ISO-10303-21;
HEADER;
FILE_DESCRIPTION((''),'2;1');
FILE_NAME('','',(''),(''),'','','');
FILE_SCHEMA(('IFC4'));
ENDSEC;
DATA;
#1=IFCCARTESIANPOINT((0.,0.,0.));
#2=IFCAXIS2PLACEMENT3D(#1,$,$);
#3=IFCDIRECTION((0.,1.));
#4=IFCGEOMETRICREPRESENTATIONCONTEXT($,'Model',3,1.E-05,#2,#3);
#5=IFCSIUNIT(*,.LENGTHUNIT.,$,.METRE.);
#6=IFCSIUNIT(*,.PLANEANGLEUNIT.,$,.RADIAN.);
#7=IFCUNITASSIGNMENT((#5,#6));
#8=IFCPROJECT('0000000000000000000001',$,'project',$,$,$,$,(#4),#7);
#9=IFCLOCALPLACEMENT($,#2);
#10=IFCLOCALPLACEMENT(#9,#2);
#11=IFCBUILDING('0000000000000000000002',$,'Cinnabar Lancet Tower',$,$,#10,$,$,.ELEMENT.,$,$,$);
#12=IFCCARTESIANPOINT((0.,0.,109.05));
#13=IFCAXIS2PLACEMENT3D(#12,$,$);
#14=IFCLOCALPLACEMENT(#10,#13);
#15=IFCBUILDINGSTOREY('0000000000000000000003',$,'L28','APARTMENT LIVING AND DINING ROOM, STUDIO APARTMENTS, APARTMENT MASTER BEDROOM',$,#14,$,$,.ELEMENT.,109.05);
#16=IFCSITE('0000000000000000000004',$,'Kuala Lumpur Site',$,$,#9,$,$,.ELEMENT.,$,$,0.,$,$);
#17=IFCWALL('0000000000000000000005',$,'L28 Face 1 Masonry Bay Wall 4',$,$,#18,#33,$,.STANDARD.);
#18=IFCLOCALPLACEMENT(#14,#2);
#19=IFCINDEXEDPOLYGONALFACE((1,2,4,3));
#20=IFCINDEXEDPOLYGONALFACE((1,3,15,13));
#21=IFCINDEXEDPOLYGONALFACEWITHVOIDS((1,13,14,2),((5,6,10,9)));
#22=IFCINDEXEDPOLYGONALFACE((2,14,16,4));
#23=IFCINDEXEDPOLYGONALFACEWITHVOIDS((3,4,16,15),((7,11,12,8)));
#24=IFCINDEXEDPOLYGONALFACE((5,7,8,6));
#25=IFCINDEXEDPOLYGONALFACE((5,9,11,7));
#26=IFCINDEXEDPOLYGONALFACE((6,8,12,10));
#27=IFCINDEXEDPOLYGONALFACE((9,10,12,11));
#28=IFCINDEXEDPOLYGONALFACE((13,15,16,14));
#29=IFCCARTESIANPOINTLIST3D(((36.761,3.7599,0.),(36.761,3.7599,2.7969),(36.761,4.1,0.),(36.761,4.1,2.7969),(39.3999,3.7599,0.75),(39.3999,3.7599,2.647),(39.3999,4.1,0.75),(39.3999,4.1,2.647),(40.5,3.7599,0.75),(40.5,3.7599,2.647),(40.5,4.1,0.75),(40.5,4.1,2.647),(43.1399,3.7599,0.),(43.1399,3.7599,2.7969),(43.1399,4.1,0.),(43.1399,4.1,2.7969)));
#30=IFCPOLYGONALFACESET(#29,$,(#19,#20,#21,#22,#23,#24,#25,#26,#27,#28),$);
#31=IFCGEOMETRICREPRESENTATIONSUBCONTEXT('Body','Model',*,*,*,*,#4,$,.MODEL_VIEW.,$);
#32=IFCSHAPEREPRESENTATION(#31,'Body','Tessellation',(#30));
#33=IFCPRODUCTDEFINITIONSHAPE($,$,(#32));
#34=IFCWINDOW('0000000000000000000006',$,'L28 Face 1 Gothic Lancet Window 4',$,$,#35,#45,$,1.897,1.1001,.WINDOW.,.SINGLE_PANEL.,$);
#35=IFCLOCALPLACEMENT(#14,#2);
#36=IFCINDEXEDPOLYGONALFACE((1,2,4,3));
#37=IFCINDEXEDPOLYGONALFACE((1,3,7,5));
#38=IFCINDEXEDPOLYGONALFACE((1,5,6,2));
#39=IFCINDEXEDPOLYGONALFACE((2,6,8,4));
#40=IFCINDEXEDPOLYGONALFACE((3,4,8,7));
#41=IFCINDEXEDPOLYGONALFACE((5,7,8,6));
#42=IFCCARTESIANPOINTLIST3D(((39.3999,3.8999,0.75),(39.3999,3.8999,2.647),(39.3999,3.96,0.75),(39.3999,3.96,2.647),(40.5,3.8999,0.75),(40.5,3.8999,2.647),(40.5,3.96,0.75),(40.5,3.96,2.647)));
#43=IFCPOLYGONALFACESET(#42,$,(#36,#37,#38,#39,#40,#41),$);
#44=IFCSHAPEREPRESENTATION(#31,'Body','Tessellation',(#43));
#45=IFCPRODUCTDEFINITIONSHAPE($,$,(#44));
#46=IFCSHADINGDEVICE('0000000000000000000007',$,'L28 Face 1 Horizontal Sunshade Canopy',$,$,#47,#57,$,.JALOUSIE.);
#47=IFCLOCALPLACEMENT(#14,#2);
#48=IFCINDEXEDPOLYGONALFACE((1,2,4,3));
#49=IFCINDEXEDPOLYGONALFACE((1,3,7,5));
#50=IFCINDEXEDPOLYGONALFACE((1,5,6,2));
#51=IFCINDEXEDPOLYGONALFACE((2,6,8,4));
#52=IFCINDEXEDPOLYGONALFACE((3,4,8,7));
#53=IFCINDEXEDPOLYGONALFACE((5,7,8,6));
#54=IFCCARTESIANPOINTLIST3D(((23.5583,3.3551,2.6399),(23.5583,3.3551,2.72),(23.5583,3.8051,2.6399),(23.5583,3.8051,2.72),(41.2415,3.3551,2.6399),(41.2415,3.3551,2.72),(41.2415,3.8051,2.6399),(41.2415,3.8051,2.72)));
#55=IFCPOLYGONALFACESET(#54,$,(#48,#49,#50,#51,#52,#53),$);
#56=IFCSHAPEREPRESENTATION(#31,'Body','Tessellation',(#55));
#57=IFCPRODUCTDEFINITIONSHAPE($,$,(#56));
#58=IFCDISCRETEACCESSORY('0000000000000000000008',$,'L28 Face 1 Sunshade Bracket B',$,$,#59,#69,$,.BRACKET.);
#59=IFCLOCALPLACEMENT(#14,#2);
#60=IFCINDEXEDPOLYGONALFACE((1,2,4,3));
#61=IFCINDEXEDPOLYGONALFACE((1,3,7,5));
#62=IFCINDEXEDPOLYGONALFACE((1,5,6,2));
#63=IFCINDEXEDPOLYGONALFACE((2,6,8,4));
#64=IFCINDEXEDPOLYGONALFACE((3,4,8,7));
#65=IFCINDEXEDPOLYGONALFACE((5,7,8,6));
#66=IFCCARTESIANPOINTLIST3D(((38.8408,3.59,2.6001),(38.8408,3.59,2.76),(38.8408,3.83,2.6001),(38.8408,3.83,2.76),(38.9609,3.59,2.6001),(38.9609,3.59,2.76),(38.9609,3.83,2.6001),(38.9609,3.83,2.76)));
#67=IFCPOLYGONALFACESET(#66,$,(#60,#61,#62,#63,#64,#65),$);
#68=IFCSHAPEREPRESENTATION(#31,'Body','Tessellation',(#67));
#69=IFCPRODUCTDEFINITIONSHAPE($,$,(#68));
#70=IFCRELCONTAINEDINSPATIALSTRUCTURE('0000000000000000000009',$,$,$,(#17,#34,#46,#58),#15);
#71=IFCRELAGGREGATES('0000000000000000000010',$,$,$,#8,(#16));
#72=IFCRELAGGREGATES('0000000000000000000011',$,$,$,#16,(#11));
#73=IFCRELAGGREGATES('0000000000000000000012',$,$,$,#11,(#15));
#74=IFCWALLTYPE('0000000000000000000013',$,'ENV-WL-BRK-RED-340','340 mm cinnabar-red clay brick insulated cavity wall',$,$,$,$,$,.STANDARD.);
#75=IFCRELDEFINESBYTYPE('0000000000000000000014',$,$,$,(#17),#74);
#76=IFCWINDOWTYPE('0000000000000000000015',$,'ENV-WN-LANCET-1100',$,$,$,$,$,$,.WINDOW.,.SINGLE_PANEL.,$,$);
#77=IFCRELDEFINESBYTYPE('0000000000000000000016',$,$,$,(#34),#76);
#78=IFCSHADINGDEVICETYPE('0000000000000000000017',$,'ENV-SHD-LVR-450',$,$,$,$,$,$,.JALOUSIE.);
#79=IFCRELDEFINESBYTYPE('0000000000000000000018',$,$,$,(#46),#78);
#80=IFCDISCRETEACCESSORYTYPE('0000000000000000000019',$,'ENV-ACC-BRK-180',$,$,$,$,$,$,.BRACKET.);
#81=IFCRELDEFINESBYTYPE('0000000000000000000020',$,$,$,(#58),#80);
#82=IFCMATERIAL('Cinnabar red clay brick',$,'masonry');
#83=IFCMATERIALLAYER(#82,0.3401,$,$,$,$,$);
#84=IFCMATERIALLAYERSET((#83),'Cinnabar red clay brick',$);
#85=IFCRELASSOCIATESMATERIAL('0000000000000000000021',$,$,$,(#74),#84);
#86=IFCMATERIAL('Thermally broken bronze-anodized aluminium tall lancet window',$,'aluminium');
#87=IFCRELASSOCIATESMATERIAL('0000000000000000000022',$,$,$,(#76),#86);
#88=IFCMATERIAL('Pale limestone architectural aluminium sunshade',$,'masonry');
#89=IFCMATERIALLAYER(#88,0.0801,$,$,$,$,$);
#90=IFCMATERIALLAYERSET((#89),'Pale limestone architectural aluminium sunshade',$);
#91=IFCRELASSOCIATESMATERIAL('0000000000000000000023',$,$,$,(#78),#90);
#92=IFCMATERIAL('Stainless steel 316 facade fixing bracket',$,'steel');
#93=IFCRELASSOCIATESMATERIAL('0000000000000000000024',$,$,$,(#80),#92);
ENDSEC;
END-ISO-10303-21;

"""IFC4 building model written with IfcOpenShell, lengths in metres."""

from ifc_helpers import new_model, si_unit, direction, frame, frame_2d, origin, origin_2d, place, context, subcontext, project, spatial, rectangle, extrude, material, layer, layer_set, type_object, element, fill, save


model = new_model("IFC4")

# Units and contexts
model_context = context("Model", 3, precision=1e-05, world=origin(), true_north=direction((0.0, 1.0)))
body_context = subcontext(model_context, "Body", "Model", "MODEL_VIEW")
ifc_project = project(units=[si_unit("LENGTHUNIT", "METRE"), si_unit("PLANEANGLEUNIT", "RADIAN")], contexts=[model_context])

# Site, building, storey
site_placement = place(None, origin())
site = spatial("IfcSite", under=ifc_project, at=site_placement, Name="Kuala Lumpur Site", CompositionType="ELEMENT", RefElevation=0.0)
building_placement = place(site_placement, origin())
building = spatial("IfcBuilding", under=site, at=building_placement, Name="Cinnabar Lancet Tower", CompositionType="ELEMENT")
storey_placement = place(building_placement, frame((0.0, 0.0, 109.05)))
storey = spatial("IfcBuildingStorey", under=building, at=storey_placement, Name="L28", Description="APARTMENT LIVING AND DINING ROOM, STUDIO APARTMENTS, APARTMENT MASTER BEDROOM", CompositionType="ELEMENT", Elevation=109.05)

# Wall, opening, window
ifc_material_1 = material(Name="Cinnabar red clay brick", Category="masonry")
ifc_layer_1 = layer(ifc_material_1, 0.3401)
ifc_layer_set_1 = layer_set([ifc_layer_1], Name="Cinnabar red clay brick")
wall_type_1 = type_object("IfcWallType", Name="ENV-WL-BRK-RED-340", Description="340 mm cinnabar-red clay brick insulated cavity wall", PredefinedType="STANDARD", material=ifc_layer_set_1)
wall_1_placement = place(storey_placement, frame((36.761, 3.9299, 0.0), z_axis=(0.0, 0.0, 1.0), x_axis=(1.0, 0.0, 0.0)))
wall_1 = element("IfcWall", 1, at=wall_1_placement, inside=storey, type_object=wall_type_1, Name="L28 Face 1 Masonry Bay Wall 4", PredefinedType="STANDARD", context=body_context, shape_type="SweptSolid", body=[
    extrude(rectangle(XDim=6.3789, YDim=0.3401, at=frame_2d((3.1895, 0.0))), origin(), (0.0, 0.0, 1.0), 2.7969),
])
opening_1_placement = place(wall_1_placement, frame((2.6389, 0.0, 0.75)))
opening_1 = element("IfcOpeningElement", 2, at=opening_1_placement, cuts=wall_1, PredefinedType="OPENING", context=body_context, shape_type="SweptSolid", body=[
    extrude(rectangle(XDim=1.1001, YDim=1.897, at=frame_2d((0.55, 0.9485))), frame((0.0, 0.1799, 0.0), z_axis=(0.0, -1.0, 0.0), x_axis=(1.0, 0.0, 0.0)), (0.0, 0.0, 1.0), 0.3601),
])
ifc_material_2 = material(Name="Thermally broken bronze-anodized aluminium tall lancet window", Category="aluminium")
window_type = type_object("IfcWindowType", Name="ENV-WN-LANCET-1100", PartitioningType="SINGLE_PANEL", PredefinedType="WINDOW", material=ifc_material_2)
window_placement = place(opening_1_placement, origin())
window = element("IfcWindow", 3, at=window_placement, inside=storey, type_object=window_type, Name="L28 Face 1 Gothic Lancet Window 4", OverallHeight=1.897, OverallWidth=1.1001, PartitioningType="SINGLE_PANEL", PredefinedType="WINDOW", context=body_context, shape_type="SweptSolid", body=[
    extrude(rectangle(XDim=1.1001, YDim=1.897, at=frame_2d((0.55, 0.9485))), frame((0.0, 0.03, 0.0), z_axis=(0.0, -1.0, 0.0), x_axis=(1.0, 0.0, 0.0)), (0.0, 0.0, 1.0), 0.0601),
])
fill(opening_1, window)

# Shading device
ifc_material_3 = material(Name="Pale limestone architectural aluminium sunshade", Category="masonry")
ifc_layer_2 = layer(ifc_material_3, 0.0801)
ifc_layer_set_2 = layer_set([ifc_layer_2], Name="Pale limestone architectural aluminium sunshade")
shading_device_type = type_object("IfcShadingDeviceType", Name="ENV-SHD-LVR-450", PredefinedType="JALOUSIE", material=ifc_layer_set_2)
shading_device_placement = place(storey_placement, frame((32.3999, 3.5801, 2.6399), z_axis=(0.0, 0.0, 1.0), x_axis=(1.0, 0.0, 0.0)))
element("IfcShadingDevice", 4, at=shading_device_placement, inside=storey, type_object=shading_device_type, Name="L28 Face 1 Horizontal Sunshade Canopy", PredefinedType="JALOUSIE", context=body_context, shape_type="SweptSolid", body=[
    extrude(rectangle(XDim=17.6831, YDim=0.45, at=origin_2d()), origin(), (0.0, 0.0, 1.0), 0.0801),
])

# Discrete accessory
ifc_material_4 = material(Name="Stainless steel 316 facade fixing bracket", Category="steel")
discrete_accessory_type = type_object("IfcDiscreteAccessoryType", Name="ENV-ACC-BRK-180", PredefinedType="BRACKET", material=ifc_material_4)
discrete_accessory_placement = place(storey_placement, frame((38.9009, 3.71, 2.6001), z_axis=(0.0, 0.0, 1.0), x_axis=(1.0, 0.0, 0.0)))
element("IfcDiscreteAccessory", 5, at=discrete_accessory_placement, inside=storey, type_object=discrete_accessory_type, Name="L28 Face 1 Sunshade Bracket B", PredefinedType="BRACKET", context=body_context, shape_type="SweptSolid", body=[
    extrude(rectangle(XDim=0.1201, YDim=0.24, at=origin_2d()), origin(), (0.0, 0.0, 1.0), 0.1599),
])

save(model, "model.ifc")
